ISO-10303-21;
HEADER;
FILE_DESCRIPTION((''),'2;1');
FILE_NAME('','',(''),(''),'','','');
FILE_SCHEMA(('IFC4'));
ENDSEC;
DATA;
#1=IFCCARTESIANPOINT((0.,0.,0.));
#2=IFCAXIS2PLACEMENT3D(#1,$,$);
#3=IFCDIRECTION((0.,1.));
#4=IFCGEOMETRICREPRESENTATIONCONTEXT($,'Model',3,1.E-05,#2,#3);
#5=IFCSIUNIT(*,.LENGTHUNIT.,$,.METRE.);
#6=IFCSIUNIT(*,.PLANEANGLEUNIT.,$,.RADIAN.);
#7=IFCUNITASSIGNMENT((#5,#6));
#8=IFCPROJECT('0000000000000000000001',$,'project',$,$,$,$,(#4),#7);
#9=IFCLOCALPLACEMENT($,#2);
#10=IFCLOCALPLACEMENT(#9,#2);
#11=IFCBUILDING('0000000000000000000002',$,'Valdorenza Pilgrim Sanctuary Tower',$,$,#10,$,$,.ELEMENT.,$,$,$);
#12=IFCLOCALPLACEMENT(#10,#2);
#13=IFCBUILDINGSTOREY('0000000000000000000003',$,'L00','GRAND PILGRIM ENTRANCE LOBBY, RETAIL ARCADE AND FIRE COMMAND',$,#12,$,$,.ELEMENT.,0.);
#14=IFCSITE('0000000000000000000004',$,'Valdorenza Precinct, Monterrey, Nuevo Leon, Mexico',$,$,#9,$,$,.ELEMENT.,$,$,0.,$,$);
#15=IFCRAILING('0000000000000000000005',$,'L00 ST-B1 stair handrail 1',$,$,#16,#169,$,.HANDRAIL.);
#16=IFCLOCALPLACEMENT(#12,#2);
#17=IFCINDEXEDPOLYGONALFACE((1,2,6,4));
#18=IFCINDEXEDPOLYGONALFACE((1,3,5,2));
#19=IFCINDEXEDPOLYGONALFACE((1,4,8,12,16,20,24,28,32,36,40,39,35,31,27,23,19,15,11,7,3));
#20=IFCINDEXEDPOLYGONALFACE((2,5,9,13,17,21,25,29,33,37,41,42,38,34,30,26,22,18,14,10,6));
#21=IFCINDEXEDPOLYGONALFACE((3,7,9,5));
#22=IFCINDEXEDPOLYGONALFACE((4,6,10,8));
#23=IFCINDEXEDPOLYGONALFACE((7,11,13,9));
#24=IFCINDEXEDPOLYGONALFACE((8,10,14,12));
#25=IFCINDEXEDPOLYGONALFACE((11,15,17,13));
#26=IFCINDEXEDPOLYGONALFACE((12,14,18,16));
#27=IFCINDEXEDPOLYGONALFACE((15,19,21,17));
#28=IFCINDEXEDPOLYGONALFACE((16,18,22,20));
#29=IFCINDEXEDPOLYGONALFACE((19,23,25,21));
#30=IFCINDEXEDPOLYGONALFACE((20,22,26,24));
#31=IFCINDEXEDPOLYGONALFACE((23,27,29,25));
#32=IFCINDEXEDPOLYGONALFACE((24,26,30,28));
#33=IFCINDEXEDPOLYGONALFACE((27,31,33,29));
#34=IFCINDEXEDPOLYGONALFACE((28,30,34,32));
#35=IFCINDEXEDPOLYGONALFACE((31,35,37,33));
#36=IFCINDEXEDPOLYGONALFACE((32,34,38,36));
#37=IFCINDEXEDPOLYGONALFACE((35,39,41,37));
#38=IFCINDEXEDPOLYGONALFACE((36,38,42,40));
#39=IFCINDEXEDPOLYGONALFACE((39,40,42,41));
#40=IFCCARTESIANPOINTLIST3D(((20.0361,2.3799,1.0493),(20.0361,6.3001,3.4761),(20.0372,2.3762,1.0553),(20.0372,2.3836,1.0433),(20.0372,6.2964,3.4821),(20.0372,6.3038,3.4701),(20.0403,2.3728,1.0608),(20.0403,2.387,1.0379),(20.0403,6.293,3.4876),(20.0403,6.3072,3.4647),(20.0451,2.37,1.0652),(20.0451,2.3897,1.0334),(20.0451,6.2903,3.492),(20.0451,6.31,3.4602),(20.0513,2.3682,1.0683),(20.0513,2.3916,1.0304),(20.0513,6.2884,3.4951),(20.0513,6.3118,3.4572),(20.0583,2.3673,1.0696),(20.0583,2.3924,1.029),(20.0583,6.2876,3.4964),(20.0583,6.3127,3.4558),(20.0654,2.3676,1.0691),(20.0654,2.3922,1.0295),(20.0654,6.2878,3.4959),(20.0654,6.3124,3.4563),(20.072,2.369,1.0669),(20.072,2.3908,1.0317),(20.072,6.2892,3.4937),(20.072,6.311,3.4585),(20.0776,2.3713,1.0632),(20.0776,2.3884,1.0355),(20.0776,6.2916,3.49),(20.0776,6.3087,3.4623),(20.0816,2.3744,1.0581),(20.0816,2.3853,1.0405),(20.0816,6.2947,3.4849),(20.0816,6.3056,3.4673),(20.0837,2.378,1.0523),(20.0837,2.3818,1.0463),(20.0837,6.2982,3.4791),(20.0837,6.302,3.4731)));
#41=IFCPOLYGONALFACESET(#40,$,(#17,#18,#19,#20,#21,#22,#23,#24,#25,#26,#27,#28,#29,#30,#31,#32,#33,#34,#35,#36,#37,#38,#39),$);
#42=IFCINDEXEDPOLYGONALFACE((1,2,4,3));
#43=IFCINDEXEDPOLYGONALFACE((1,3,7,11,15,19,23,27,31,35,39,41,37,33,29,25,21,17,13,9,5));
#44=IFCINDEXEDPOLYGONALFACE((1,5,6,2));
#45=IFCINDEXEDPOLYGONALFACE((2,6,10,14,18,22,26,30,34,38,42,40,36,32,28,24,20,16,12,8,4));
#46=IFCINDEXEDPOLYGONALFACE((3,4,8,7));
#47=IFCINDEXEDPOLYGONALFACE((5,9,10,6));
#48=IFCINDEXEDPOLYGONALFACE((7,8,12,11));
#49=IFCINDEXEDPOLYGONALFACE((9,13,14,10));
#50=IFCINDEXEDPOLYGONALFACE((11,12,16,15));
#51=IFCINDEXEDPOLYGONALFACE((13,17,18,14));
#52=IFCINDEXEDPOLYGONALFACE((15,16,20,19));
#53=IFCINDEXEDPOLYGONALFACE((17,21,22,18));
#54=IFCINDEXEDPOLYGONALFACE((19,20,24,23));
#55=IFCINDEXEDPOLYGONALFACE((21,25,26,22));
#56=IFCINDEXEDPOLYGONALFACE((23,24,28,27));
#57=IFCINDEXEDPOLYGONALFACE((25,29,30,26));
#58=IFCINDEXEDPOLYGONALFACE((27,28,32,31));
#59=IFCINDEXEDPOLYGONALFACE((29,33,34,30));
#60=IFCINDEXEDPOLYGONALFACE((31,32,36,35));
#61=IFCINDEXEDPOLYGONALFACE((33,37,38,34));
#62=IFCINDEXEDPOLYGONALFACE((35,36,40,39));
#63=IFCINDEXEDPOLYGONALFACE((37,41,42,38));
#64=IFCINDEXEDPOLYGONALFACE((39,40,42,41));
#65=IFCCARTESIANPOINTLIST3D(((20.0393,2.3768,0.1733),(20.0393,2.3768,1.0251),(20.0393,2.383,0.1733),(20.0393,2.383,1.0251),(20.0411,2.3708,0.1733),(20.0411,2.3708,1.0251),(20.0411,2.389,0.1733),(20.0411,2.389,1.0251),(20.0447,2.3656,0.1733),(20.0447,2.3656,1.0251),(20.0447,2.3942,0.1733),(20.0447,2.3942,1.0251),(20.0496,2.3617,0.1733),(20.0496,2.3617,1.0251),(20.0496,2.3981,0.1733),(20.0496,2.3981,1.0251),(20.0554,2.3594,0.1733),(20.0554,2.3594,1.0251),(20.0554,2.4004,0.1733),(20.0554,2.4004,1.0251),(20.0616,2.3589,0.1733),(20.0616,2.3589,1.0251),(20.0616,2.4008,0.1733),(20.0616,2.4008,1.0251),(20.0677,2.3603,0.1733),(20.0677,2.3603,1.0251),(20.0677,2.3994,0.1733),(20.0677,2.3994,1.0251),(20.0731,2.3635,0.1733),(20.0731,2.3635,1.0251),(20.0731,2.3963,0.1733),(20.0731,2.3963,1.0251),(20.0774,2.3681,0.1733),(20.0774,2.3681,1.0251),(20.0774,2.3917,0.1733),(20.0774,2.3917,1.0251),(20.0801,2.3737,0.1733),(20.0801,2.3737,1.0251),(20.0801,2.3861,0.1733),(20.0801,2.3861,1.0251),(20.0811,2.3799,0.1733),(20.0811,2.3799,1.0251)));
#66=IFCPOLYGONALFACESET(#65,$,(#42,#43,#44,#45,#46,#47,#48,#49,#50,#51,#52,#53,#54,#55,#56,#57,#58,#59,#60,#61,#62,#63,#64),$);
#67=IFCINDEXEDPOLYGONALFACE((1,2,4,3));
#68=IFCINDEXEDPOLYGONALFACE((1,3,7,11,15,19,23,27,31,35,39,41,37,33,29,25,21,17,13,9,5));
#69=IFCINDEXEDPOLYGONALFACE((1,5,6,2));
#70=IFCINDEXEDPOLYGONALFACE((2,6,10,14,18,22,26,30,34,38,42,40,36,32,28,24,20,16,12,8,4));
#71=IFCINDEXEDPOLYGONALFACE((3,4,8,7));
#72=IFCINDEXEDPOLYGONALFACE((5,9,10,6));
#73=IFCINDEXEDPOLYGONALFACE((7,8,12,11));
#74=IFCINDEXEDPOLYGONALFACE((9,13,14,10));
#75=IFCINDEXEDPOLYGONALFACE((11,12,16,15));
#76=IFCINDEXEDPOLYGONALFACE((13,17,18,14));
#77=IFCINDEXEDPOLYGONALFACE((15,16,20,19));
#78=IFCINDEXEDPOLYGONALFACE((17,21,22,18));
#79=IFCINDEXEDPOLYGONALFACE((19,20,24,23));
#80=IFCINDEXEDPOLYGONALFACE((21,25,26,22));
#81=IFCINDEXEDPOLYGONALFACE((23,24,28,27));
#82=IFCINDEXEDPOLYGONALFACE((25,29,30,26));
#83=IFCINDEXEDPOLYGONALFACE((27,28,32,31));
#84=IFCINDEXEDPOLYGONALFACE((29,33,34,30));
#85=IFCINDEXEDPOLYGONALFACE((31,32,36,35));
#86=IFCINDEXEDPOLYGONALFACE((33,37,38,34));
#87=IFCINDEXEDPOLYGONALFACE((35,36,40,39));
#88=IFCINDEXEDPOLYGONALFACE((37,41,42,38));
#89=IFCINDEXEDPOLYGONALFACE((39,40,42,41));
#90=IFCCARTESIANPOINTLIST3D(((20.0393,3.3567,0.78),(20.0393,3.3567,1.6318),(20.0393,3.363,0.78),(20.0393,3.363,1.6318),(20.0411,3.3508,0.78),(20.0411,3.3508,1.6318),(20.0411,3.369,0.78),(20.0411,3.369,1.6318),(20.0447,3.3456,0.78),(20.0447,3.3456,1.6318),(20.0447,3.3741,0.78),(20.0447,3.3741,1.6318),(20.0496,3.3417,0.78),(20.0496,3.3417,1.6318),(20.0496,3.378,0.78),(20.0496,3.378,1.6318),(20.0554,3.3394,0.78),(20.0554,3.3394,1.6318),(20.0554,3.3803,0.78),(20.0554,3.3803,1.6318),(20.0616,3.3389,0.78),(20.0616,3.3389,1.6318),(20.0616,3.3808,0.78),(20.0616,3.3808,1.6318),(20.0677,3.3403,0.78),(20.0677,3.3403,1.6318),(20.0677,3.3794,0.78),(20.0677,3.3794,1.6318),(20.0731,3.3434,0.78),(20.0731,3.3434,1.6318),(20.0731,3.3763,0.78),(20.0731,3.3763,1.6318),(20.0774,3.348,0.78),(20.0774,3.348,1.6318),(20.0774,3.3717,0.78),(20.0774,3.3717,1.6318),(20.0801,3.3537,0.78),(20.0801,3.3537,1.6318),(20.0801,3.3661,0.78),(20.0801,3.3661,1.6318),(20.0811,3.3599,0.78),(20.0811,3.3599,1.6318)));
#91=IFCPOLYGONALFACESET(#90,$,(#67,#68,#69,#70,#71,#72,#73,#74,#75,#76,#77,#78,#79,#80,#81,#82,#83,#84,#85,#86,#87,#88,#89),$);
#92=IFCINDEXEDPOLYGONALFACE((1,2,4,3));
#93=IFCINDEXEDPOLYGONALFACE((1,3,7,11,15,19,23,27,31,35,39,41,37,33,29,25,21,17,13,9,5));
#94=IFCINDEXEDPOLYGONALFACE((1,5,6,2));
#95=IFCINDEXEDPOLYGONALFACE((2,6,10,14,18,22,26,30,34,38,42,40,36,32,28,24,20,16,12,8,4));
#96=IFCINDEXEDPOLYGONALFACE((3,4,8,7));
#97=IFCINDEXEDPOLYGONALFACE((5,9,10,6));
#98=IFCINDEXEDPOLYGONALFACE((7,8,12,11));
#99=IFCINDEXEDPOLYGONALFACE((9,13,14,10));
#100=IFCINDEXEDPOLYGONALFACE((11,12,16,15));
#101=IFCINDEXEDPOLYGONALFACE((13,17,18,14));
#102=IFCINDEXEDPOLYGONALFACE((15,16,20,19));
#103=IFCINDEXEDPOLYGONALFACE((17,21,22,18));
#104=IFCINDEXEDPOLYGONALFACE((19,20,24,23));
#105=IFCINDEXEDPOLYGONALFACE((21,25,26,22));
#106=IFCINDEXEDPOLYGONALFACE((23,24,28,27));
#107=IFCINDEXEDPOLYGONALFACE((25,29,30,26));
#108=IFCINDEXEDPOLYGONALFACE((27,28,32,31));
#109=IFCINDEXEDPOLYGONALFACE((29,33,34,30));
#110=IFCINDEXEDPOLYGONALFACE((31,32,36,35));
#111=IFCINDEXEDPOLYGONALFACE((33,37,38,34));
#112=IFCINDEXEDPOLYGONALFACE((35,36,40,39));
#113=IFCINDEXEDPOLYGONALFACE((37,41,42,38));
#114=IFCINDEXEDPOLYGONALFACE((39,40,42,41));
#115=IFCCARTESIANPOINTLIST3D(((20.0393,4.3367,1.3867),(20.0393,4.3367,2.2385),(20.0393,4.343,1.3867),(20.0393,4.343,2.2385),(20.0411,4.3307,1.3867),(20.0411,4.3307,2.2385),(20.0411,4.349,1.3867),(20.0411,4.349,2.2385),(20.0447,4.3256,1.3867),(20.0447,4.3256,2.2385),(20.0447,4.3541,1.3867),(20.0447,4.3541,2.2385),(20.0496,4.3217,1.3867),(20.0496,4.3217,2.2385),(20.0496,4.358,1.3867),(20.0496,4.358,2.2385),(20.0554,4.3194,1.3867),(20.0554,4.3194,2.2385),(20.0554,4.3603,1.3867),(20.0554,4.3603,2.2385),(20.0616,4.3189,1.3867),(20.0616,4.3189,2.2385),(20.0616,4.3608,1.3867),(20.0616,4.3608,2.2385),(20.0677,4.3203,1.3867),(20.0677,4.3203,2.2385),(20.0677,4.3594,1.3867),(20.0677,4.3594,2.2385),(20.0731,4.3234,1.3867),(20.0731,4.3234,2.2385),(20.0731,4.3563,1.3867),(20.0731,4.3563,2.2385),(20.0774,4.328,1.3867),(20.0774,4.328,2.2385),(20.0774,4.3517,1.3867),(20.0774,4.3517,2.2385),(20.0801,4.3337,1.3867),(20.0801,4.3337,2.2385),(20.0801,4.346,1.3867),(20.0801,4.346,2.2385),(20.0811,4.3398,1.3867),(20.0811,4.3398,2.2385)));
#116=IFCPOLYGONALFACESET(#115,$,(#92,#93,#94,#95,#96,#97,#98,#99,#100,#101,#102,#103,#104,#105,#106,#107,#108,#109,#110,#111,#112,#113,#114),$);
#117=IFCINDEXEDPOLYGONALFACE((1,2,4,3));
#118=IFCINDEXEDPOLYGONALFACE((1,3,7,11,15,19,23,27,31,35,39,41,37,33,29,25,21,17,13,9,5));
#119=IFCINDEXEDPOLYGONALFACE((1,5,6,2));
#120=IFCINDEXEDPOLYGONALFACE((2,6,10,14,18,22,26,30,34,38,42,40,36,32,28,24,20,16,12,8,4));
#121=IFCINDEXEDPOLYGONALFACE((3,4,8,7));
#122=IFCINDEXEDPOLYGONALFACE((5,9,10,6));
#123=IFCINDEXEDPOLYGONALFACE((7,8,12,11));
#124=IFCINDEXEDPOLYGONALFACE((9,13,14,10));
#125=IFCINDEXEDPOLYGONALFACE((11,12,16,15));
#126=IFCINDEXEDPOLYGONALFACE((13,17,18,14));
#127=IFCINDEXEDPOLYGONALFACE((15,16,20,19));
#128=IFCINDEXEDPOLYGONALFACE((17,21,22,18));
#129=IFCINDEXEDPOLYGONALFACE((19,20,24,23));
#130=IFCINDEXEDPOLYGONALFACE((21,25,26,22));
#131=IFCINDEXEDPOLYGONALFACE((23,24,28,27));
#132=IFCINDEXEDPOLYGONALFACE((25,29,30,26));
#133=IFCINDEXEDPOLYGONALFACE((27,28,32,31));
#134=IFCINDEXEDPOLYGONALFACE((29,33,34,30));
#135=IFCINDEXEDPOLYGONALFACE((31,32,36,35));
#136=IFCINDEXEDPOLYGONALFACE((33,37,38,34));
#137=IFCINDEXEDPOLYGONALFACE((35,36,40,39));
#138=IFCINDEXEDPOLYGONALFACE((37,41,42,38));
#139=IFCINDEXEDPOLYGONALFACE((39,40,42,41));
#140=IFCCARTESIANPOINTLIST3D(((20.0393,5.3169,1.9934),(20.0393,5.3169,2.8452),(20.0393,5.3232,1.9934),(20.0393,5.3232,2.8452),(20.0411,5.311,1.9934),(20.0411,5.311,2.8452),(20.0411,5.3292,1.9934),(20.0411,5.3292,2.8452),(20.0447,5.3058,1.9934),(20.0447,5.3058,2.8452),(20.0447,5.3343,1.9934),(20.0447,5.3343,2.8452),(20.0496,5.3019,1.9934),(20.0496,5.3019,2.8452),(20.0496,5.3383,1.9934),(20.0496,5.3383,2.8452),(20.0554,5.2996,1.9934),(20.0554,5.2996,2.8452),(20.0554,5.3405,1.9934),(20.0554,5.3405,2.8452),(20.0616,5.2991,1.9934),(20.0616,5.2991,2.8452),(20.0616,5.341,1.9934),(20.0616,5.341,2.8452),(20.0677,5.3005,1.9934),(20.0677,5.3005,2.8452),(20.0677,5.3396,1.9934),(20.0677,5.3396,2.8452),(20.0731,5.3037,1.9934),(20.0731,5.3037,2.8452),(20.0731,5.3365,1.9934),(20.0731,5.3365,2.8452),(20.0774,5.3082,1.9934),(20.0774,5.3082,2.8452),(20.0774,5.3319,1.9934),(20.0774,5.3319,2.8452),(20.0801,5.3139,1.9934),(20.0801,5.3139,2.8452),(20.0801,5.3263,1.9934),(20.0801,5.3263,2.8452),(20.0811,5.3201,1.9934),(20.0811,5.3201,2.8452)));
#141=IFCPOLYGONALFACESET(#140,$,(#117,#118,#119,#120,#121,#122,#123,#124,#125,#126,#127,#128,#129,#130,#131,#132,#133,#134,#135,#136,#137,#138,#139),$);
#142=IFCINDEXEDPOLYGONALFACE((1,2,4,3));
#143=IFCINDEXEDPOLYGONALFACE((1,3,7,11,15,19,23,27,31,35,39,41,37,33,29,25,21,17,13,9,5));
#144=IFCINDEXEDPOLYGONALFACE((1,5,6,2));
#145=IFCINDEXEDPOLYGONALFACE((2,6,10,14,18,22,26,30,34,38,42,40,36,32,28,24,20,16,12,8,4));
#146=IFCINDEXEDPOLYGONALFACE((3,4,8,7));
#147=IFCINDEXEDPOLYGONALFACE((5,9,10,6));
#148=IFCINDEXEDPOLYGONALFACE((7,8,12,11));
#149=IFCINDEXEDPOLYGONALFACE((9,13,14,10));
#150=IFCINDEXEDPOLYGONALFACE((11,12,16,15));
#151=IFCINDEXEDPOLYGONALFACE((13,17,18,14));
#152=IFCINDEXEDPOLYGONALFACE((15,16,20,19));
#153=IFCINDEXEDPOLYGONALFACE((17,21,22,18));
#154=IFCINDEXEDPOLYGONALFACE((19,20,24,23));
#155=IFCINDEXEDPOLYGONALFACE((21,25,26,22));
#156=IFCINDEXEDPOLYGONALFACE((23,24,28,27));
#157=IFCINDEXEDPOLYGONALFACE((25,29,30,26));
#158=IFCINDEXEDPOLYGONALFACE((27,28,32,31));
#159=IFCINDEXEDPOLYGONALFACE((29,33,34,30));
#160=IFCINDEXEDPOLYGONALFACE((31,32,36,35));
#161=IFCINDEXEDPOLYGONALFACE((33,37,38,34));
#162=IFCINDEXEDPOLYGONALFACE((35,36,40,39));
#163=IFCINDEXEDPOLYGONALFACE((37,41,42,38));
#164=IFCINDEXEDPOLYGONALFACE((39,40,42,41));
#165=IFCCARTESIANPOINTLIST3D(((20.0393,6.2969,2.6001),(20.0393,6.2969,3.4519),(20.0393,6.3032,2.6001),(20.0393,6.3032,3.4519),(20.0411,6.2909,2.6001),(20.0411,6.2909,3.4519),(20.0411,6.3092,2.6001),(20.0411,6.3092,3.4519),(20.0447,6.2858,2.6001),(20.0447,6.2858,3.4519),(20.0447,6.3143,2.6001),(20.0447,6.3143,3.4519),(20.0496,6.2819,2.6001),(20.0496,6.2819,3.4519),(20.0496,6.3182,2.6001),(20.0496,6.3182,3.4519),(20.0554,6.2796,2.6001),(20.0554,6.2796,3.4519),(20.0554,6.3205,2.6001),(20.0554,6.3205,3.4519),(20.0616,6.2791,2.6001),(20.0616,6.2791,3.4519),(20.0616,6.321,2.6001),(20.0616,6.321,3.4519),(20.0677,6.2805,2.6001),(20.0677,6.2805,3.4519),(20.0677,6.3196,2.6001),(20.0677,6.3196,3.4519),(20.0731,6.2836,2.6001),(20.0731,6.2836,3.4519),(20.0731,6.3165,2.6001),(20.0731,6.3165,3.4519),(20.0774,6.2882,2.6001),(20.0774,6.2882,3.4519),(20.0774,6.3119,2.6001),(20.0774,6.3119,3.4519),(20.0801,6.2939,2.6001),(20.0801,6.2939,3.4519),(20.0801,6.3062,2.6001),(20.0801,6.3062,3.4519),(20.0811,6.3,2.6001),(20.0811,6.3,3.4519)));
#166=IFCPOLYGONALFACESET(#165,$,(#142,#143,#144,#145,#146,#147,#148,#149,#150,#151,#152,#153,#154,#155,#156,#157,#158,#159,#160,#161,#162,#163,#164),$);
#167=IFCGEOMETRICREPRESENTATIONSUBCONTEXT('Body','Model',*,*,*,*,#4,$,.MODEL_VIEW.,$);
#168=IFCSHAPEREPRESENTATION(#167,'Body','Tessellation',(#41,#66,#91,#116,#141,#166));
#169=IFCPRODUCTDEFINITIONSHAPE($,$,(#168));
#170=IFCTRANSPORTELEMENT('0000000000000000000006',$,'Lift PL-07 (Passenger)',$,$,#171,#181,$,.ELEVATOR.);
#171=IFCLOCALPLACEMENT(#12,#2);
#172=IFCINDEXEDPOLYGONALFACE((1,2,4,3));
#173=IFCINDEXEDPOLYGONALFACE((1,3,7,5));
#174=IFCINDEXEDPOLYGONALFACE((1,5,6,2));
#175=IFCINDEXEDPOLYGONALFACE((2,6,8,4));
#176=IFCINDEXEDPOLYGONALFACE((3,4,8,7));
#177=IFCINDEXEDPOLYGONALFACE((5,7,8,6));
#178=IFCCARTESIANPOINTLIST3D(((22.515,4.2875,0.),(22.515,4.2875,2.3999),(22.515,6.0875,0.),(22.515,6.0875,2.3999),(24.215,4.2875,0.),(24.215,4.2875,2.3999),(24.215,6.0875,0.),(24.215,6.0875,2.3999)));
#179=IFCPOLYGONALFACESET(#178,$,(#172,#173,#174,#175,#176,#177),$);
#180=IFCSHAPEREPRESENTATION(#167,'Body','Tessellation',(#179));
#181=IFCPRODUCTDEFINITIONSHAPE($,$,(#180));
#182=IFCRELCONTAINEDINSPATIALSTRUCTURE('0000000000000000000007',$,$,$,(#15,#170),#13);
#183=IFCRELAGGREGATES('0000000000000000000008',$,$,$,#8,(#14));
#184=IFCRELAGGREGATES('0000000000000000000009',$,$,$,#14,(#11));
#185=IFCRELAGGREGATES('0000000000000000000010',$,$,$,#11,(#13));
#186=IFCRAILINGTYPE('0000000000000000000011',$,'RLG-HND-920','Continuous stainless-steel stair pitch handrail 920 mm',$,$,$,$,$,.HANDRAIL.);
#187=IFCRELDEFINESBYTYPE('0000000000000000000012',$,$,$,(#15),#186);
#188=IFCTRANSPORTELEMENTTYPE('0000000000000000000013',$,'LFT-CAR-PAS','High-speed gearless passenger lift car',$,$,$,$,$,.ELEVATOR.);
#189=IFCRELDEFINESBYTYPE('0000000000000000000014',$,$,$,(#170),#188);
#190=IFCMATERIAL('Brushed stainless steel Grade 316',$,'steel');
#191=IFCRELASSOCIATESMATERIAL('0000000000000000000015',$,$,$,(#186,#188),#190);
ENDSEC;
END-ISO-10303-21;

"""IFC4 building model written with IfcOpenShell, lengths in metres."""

from ifc_helpers import new_model, si_unit, direction, frame, origin, origin_2d, place, context, subcontext, project, spatial, rectangle, circle, extrude, source, transform, mapped, material, type_object, element, save


model = new_model("IFC4")

# Units and contexts
model_context = context("Model", 3, precision=1e-05, world=origin(), true_north=direction((0.0, 1.0)))
body_context = subcontext(model_context, "Body", "Model", "MODEL_VIEW")
ifc_project = project(units=[si_unit("LENGTHUNIT", "METRE"), si_unit("PLANEANGLEUNIT", "RADIAN")], contexts=[model_context])

# Site, building, storey
site_placement = place(None, origin())
site = spatial("IfcSite", under=ifc_project, at=site_placement, Name="Valdorenza Precinct, Monterrey, Nuevo Leon, Mexico", CompositionType="ELEMENT", RefElevation=0.0)
building_placement = place(site_placement, origin())
building = spatial("IfcBuilding", under=site, at=building_placement, Name="Valdorenza Pilgrim Sanctuary Tower", CompositionType="ELEMENT")
storey_placement = place(building_placement, origin())
storey = spatial("IfcBuildingStorey", under=building, at=storey_placement, Name="L00", Description="GRAND PILGRIM ENTRANCE LOBBY, RETAIL ARCADE AND FIRE COMMAND", CompositionType="ELEMENT", Elevation=0.0)

# Shared definitions
ifc_material_1 = material(Name="Brushed stainless steel Grade 316", Category="steel")

# Railing
railing_type_1 = type_object("IfcRailingType", Name="RLG-HND-920", Description="Continuous stainless-steel stair pitch handrail 920 mm", PredefinedType="HANDRAIL", material=ifc_material_1)
railing_1_placement = place(storey_placement, frame((20.0601, 2.3799, 0.1733)))
element("IfcRailing", 1, at=railing_1_placement, inside=storey, type_object=railing_type_1, Name="L00 ST-B1 stair handrail 1", PredefinedType="HANDRAIL", context=body_context, shape_type="SweptSolid", body=[
    extrude(circle(Radius=0.0239, at=origin_2d()), frame((0.0, 0.0, 0.876), z_axis=(0.0, 0.850266, 0.526353), x_axis=(-1.0, 0.0, 0.0)), (0.0, 0.0, 1.0), 4.6106),
    extrude(circle(Radius=0.021, at=origin_2d()), origin(), (0.0, 0.0, 1.0), 0.8518),
    extrude(circle(Radius=0.021, at=origin_2d()), frame((0.0, 0.98, 0.6067)), (0.0, 0.0, 1.0), 0.8518),
    extrude(circle(Radius=0.021, at=origin_2d()), frame((0.0, 1.96, 1.2134)), (0.0, 0.0, 1.0), 0.8518),
    extrude(circle(Radius=0.021, at=origin_2d()), frame((0.0, 2.9402, 1.8201)), (0.0, 0.0, 1.0), 0.8518),
    extrude(circle(Radius=0.021, at=origin_2d()), frame((0.0, 3.9202, 2.4268)), (0.0, 0.0, 1.0), 0.8518),
])

# Transport element
transport_element_type = type_object("IfcTransportElementType", Name="LFT-CAR-PAS", Description="High-speed gearless passenger lift car", PredefinedType="ELEVATOR", material=ifc_material_1)
shared_shape_1 = source(origin(), body_context, "Body", "SweptSolid", [
    extrude(rectangle(XDim=1.7, YDim=1.8, at=origin_2d()), origin(), (0.0, 0.0, 1.0), 2.3999),
])
transport_element_placement = place(storey_placement, frame((23.365, 5.1875, 0.0), z_axis=(0.0, 0.0, 1.0), x_axis=(1.0, 0.0, 0.0)))
element("IfcTransportElement", 2, at=transport_element_placement, inside=storey, type_object=transport_element_type, Name="Lift PL-07 (Passenger)", PredefinedType="ELEVATOR", context=body_context, shape_type="MappedRepresentation", body=[
    mapped(shared_shape_1, transform((0.0, 0.0, 0.0), x_axis=(1.0, 0.0, 0.0), y_axis=(0.0, 1.0, 0.0), z_axis=(0.0, 0.0, 1.0), scale=1.0)),
])

save(model, "model.ifc")
